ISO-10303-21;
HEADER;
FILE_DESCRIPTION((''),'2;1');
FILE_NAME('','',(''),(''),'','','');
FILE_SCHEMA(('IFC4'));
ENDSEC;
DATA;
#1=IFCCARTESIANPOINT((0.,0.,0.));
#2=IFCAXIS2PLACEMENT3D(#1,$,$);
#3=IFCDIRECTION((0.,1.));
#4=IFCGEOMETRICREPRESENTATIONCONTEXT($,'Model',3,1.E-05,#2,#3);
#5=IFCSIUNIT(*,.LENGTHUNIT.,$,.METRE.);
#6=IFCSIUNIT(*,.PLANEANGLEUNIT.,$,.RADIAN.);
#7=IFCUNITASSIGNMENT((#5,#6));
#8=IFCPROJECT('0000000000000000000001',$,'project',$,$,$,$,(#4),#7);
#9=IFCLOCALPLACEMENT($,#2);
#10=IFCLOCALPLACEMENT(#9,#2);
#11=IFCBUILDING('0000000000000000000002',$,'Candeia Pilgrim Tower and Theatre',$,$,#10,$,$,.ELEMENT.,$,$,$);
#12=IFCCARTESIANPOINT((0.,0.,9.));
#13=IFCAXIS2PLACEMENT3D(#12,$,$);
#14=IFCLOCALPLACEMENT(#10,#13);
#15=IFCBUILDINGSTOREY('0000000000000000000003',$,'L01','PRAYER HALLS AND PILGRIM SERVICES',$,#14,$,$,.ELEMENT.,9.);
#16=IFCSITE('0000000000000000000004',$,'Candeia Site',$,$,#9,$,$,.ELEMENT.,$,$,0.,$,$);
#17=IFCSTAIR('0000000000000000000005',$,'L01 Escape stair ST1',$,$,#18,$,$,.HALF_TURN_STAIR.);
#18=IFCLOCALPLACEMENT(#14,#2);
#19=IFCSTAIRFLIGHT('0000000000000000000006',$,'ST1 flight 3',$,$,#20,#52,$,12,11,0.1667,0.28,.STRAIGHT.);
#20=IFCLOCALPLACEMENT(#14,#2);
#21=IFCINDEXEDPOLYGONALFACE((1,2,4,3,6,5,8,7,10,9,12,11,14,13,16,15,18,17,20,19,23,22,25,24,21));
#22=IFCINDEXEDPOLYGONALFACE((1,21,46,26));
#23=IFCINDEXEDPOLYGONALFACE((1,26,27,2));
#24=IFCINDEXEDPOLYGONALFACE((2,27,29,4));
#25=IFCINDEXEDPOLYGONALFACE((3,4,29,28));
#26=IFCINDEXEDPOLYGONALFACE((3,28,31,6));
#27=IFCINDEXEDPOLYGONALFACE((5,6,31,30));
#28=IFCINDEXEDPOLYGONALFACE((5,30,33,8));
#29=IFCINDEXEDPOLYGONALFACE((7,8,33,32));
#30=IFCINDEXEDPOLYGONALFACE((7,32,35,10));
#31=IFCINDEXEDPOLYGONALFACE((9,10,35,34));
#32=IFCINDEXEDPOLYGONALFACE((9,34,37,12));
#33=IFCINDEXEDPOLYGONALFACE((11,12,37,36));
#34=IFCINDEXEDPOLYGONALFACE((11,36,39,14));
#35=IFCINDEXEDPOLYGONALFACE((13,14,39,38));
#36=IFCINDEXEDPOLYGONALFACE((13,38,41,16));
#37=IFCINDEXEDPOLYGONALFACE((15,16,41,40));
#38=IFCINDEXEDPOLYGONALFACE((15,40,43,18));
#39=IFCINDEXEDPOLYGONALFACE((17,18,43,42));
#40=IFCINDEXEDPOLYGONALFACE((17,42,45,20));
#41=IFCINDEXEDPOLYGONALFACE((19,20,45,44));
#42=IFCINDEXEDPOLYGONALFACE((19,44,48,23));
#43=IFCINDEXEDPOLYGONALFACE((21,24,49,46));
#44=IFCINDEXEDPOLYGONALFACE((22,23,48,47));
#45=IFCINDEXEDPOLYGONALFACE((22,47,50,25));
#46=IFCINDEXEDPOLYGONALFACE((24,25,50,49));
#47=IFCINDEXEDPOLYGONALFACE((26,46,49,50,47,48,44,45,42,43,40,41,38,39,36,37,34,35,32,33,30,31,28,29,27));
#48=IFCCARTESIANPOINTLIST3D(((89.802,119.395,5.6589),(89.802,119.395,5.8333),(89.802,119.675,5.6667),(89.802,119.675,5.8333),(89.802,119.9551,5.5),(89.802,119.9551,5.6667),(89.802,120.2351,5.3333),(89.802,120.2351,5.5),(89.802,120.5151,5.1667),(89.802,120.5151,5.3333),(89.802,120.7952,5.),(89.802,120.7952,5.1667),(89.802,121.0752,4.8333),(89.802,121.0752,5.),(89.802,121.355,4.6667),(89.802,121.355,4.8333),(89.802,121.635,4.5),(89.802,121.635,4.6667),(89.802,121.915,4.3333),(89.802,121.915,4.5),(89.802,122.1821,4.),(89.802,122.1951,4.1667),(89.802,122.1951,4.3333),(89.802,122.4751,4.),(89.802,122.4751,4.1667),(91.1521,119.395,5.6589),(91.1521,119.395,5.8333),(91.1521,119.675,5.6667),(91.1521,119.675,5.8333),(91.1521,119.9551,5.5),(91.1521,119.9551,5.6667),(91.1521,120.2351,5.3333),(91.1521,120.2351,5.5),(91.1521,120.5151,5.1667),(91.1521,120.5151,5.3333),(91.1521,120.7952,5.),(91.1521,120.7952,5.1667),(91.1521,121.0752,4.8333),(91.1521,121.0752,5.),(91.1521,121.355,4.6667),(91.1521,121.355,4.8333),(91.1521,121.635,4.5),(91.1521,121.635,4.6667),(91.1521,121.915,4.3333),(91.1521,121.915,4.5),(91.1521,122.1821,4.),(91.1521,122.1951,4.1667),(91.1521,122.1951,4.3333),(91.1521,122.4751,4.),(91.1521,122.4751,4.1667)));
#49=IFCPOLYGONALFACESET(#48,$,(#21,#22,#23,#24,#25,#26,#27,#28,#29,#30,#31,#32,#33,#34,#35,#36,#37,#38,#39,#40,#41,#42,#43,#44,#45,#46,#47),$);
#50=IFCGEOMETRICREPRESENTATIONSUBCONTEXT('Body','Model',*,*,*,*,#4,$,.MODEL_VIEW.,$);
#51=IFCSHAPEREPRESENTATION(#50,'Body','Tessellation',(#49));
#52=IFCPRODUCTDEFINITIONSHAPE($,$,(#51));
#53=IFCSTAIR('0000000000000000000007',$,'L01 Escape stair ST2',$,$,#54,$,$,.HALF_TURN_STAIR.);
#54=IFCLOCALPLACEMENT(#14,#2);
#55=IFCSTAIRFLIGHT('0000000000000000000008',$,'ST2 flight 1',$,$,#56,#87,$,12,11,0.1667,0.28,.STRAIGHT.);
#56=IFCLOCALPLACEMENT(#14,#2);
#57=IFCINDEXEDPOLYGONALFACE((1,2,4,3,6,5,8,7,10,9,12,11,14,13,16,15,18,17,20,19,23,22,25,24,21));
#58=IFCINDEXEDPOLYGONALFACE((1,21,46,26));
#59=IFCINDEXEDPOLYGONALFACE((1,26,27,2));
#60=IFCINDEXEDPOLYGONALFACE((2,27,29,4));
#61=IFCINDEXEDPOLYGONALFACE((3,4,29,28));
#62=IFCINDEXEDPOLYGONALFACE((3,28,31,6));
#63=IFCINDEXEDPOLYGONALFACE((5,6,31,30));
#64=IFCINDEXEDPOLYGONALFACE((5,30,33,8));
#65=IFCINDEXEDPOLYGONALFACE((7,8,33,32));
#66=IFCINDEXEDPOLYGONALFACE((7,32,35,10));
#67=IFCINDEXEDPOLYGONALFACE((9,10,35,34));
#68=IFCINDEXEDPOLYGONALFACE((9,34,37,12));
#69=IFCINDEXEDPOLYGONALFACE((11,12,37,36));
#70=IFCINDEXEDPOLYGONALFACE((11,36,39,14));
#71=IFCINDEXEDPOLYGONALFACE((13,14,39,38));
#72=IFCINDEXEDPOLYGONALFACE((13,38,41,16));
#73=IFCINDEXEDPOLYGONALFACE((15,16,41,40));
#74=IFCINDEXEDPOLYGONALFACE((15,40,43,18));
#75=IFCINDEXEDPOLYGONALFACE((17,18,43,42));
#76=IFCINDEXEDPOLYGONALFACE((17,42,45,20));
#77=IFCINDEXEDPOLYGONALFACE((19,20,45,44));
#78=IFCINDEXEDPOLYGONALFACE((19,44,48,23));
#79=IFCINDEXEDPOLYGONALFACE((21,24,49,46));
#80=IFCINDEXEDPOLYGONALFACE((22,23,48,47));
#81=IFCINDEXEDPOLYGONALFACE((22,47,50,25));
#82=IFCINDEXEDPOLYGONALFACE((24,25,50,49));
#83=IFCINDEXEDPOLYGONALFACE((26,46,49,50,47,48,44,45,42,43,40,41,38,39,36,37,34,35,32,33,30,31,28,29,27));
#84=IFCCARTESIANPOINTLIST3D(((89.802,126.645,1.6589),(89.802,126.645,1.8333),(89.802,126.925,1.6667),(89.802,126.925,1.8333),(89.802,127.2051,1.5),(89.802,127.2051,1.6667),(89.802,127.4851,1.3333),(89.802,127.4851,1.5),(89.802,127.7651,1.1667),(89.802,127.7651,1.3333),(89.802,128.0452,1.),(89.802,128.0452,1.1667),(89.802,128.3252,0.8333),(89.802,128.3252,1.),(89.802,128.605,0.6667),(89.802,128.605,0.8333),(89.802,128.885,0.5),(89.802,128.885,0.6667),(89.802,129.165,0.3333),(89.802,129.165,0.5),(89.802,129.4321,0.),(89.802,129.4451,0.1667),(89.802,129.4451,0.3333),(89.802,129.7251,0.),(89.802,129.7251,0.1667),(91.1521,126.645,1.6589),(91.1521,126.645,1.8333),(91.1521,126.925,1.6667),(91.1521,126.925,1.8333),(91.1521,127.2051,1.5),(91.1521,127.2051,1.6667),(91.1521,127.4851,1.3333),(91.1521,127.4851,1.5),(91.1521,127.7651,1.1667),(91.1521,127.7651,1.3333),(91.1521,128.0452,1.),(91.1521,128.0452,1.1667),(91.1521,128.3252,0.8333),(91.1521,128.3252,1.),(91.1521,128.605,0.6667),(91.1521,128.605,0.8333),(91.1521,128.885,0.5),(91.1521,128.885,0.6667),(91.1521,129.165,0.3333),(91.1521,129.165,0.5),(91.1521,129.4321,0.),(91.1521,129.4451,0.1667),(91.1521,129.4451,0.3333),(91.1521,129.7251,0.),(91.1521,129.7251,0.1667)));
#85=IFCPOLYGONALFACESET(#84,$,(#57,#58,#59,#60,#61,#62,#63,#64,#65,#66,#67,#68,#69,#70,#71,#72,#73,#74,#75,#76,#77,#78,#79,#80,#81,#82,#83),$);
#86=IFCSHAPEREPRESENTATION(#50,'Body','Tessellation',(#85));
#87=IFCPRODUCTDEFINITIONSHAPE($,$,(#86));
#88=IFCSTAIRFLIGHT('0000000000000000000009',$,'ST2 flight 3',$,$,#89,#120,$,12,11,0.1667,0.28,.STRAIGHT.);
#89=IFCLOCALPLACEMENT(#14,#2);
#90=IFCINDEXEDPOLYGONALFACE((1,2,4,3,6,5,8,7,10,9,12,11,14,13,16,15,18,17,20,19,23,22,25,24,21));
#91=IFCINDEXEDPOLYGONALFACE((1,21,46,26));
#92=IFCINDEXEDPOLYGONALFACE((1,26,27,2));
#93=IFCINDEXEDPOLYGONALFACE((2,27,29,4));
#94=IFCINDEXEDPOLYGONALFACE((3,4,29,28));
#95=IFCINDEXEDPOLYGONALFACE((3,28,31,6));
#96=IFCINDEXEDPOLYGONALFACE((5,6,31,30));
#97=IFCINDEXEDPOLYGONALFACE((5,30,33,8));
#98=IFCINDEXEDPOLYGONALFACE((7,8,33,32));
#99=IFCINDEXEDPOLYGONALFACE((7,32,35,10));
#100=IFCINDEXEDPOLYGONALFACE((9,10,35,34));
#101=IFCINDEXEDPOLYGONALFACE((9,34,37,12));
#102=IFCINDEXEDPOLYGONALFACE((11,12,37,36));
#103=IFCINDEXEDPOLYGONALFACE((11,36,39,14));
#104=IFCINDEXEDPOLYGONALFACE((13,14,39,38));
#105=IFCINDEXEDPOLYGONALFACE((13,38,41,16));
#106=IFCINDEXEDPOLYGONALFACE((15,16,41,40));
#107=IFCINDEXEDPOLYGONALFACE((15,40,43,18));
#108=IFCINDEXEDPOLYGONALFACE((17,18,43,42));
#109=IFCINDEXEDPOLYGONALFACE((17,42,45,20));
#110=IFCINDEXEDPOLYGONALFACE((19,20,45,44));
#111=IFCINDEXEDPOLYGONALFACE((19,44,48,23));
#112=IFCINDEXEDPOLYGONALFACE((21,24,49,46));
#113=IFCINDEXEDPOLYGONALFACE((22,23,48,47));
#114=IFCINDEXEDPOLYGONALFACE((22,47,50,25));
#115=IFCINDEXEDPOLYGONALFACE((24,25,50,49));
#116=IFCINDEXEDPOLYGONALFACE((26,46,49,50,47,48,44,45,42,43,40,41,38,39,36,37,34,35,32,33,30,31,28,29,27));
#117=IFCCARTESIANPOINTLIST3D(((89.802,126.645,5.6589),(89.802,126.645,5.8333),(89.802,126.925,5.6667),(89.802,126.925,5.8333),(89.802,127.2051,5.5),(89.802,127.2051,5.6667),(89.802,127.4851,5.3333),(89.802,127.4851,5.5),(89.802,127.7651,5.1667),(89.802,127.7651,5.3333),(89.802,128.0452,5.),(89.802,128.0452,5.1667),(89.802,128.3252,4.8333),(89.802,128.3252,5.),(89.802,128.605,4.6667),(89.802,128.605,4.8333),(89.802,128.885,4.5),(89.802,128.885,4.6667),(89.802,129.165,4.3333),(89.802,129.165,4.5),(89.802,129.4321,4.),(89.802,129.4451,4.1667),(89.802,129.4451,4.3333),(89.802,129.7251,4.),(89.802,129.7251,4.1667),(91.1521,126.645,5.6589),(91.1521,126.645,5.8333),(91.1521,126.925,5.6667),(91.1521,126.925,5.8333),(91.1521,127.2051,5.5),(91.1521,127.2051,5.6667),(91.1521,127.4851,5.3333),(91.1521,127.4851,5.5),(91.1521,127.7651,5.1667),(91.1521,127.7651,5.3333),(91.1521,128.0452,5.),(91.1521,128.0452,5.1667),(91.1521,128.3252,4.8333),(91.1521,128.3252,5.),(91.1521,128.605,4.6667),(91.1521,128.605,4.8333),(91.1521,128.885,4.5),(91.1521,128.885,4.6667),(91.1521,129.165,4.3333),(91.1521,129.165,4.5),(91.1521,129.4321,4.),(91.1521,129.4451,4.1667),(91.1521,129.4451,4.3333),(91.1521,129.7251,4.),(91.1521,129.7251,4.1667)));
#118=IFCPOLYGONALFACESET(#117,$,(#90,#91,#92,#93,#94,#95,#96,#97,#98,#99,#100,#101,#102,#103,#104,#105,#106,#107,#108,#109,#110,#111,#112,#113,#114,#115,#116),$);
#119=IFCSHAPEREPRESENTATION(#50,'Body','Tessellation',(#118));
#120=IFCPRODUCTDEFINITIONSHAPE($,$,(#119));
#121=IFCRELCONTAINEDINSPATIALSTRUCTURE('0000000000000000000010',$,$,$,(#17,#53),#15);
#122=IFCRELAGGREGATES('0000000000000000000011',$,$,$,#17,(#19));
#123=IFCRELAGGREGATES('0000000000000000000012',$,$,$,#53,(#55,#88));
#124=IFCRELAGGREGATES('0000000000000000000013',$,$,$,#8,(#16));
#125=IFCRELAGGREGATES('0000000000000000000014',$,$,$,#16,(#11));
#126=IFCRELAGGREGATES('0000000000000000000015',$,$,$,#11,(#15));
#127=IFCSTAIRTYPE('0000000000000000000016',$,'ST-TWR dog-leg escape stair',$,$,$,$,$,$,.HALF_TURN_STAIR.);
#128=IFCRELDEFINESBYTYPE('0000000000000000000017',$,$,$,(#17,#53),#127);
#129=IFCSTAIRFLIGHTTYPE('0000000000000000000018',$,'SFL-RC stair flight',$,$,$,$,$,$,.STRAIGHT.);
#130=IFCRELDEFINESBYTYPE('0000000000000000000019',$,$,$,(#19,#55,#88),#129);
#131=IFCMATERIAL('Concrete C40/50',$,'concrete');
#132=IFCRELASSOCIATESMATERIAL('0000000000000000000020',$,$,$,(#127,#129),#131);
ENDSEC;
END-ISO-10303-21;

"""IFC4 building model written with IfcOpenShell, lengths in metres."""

from ifc_helpers import new_model, si_unit, direction, frame, origin, place, context, subcontext, project, spatial, polyline, outline, extrude, material, type_object, element, aggregate, save


model = new_model("IFC4")

# Units and contexts
model_context = context("Model", 3, precision=1e-05, world=origin(), true_north=direction((0.0, 1.0)))
body_context = subcontext(model_context, "Body", "Model", "MODEL_VIEW")
ifc_project = project(units=[si_unit("LENGTHUNIT", "METRE"), si_unit("PLANEANGLEUNIT", "RADIAN")], contexts=[model_context])

# Site, building, storey
site_placement = place(None, origin())
site = spatial("IfcSite", under=ifc_project, at=site_placement, Name="Candeia Site", CompositionType="ELEMENT", RefElevation=0.0)
building_placement = place(site_placement, origin())
building = spatial("IfcBuilding", under=site, at=building_placement, Name="Candeia Pilgrim Tower and Theatre", CompositionType="ELEMENT")
storey_placement = place(building_placement, frame((0.0, 0.0, 9.0)))
storey = spatial("IfcBuildingStorey", under=building, at=storey_placement, Name="L01", Description="PRAYER HALLS AND PILGRIM SERVICES", CompositionType="ELEMENT", Elevation=9.0)

# Shared definitions
ifc_material_1 = material(Name="Concrete C40/50", Category="concrete")

# Stairs, stair flights
stair_type = type_object("IfcStairType", Name="ST-TWR dog-leg escape stair", PredefinedType="HALF_TURN_STAIR", material=ifc_material_1)
stair_1_placement = place(storey_placement, origin())
stair_1 = element("IfcStair", 1, at=stair_1_placement, inside=storey, type_object=stair_type, Name="L01 Escape stair ST1", PredefinedType="HALF_TURN_STAIR")
stair_flight_type = type_object("IfcStairFlightType", Name="SFL-RC stair flight", PredefinedType="STRAIGHT", material=ifc_material_1)
stair_flight_1_placement = place(storey_placement, frame((90.4771, 122.4751, 4.0), z_axis=(0.0, 0.0, 1.0), x_axis=(0.0, -1.0, 0.0)))
stair_flight_1 = element("IfcStairFlight", 2, at=stair_flight_1_placement, type_object=stair_flight_type, Name="ST1 flight 3", NumberOfRisers=12, NumberOfTreads=11, PredefinedType="STRAIGHT", RiserHeight=0.1667, TreadLength=0.28, context=body_context, shape_type="SweptSolid", body=[
    extrude(outline(polyline([(0.0, 0.0), (0.0, 0.1667), (0.28, 0.1667), (0.28, 0.3333), (0.5601, 0.3333), (0.5601, 0.5), (0.8401, 0.5), (0.8401, 0.6667), (1.1201, 0.6667), (1.1201, 0.8333), (1.3999, 0.8333), (1.3999, 1.0), (1.6799, 1.0), (1.6799, 1.1667), (1.96, 1.1667), (1.96, 1.3333), (2.24, 1.3333), (2.24, 1.5), (2.52, 1.5), (2.52, 1.6667), (2.8, 1.6667), (2.8, 1.8333), (3.0801, 1.8333), (3.0801, 2.0), (3.0801, 1.6589), (0.293, 0.0), (0.0, 0.0)])), frame((0.0, 0.675, 0.0), z_axis=(0.0, -1.0, 0.0), x_axis=(1.0, 0.0, 0.0)), (0.0, 0.0, 1.0), 1.3501),
])
aggregate(stair_1, [stair_flight_1])
stair_2_placement = place(storey_placement, origin())
stair_2 = element("IfcStair", 3, at=stair_2_placement, inside=storey, type_object=stair_type, Name="L01 Escape stair ST2", PredefinedType="HALF_TURN_STAIR")
stair_flight_2_placement = place(storey_placement, frame((90.4771, 129.7251, 0.0), z_axis=(0.0, 0.0, 1.0), x_axis=(0.0, -1.0, 0.0)))
stair_flight_2 = element("IfcStairFlight", 4, at=stair_flight_2_placement, type_object=stair_flight_type, Name="ST2 flight 1", NumberOfRisers=12, NumberOfTreads=11, PredefinedType="STRAIGHT", RiserHeight=0.1667, TreadLength=0.28, context=body_context, shape_type="SweptSolid", body=[
    extrude(outline(polyline([(0.0, 0.0), (0.0, 0.1667), (0.28, 0.1667), (0.28, 0.3333), (0.5601, 0.3333), (0.5601, 0.5), (0.8401, 0.5), (0.8401, 0.6667), (1.1201, 0.6667), (1.1201, 0.8333), (1.3999, 0.8333), (1.3999, 1.0), (1.6799, 1.0), (1.6799, 1.1667), (1.96, 1.1667), (1.96, 1.3333), (2.24, 1.3333), (2.24, 1.5), (2.52, 1.5), (2.52, 1.6667), (2.8, 1.6667), (2.8, 1.8333), (3.0801, 1.8333), (3.0801, 2.0), (3.0801, 1.6589), (0.293, 0.0), (0.0, 0.0)])), frame((0.0, 0.675, 0.0), z_axis=(0.0, -1.0, 0.0), x_axis=(1.0, 0.0, 0.0)), (0.0, 0.0, 1.0), 1.3501),
])
stair_flight_3_placement = place(storey_placement, frame((90.4771, 129.7251, 4.0), z_axis=(0.0, 0.0, 1.0), x_axis=(0.0, -1.0, 0.0)))
stair_flight_3 = element("IfcStairFlight", 5, at=stair_flight_3_placement, type_object=stair_flight_type, Name="ST2 flight 3", NumberOfRisers=12, NumberOfTreads=11, PredefinedType="STRAIGHT", RiserHeight=0.1667, TreadLength=0.28, context=body_context, shape_type="SweptSolid", body=[
    extrude(outline(polyline([(0.0, 0.0), (0.0, 0.1667), (0.28, 0.1667), (0.28, 0.3333), (0.5601, 0.3333), (0.5601, 0.5), (0.8401, 0.5), (0.8401, 0.6667), (1.1201, 0.6667), (1.1201, 0.8333), (1.3999, 0.8333), (1.3999, 1.0), (1.6799, 1.0), (1.6799, 1.1667), (1.96, 1.1667), (1.96, 1.3333), (2.24, 1.3333), (2.24, 1.5), (2.52, 1.5), (2.52, 1.6667), (2.8, 1.6667), (2.8, 1.8333), (3.0801, 1.8333), (3.0801, 2.0), (3.0801, 1.6589), (0.293, 0.0), (0.0, 0.0)])), frame((0.0, 0.675, 0.0), z_axis=(0.0, -1.0, 0.0), x_axis=(1.0, 0.0, 0.0)), (0.0, 0.0, 1.0), 1.3501),
])
aggregate(stair_2, [stair_flight_2, stair_flight_3])

save(model, "model.ifc")
